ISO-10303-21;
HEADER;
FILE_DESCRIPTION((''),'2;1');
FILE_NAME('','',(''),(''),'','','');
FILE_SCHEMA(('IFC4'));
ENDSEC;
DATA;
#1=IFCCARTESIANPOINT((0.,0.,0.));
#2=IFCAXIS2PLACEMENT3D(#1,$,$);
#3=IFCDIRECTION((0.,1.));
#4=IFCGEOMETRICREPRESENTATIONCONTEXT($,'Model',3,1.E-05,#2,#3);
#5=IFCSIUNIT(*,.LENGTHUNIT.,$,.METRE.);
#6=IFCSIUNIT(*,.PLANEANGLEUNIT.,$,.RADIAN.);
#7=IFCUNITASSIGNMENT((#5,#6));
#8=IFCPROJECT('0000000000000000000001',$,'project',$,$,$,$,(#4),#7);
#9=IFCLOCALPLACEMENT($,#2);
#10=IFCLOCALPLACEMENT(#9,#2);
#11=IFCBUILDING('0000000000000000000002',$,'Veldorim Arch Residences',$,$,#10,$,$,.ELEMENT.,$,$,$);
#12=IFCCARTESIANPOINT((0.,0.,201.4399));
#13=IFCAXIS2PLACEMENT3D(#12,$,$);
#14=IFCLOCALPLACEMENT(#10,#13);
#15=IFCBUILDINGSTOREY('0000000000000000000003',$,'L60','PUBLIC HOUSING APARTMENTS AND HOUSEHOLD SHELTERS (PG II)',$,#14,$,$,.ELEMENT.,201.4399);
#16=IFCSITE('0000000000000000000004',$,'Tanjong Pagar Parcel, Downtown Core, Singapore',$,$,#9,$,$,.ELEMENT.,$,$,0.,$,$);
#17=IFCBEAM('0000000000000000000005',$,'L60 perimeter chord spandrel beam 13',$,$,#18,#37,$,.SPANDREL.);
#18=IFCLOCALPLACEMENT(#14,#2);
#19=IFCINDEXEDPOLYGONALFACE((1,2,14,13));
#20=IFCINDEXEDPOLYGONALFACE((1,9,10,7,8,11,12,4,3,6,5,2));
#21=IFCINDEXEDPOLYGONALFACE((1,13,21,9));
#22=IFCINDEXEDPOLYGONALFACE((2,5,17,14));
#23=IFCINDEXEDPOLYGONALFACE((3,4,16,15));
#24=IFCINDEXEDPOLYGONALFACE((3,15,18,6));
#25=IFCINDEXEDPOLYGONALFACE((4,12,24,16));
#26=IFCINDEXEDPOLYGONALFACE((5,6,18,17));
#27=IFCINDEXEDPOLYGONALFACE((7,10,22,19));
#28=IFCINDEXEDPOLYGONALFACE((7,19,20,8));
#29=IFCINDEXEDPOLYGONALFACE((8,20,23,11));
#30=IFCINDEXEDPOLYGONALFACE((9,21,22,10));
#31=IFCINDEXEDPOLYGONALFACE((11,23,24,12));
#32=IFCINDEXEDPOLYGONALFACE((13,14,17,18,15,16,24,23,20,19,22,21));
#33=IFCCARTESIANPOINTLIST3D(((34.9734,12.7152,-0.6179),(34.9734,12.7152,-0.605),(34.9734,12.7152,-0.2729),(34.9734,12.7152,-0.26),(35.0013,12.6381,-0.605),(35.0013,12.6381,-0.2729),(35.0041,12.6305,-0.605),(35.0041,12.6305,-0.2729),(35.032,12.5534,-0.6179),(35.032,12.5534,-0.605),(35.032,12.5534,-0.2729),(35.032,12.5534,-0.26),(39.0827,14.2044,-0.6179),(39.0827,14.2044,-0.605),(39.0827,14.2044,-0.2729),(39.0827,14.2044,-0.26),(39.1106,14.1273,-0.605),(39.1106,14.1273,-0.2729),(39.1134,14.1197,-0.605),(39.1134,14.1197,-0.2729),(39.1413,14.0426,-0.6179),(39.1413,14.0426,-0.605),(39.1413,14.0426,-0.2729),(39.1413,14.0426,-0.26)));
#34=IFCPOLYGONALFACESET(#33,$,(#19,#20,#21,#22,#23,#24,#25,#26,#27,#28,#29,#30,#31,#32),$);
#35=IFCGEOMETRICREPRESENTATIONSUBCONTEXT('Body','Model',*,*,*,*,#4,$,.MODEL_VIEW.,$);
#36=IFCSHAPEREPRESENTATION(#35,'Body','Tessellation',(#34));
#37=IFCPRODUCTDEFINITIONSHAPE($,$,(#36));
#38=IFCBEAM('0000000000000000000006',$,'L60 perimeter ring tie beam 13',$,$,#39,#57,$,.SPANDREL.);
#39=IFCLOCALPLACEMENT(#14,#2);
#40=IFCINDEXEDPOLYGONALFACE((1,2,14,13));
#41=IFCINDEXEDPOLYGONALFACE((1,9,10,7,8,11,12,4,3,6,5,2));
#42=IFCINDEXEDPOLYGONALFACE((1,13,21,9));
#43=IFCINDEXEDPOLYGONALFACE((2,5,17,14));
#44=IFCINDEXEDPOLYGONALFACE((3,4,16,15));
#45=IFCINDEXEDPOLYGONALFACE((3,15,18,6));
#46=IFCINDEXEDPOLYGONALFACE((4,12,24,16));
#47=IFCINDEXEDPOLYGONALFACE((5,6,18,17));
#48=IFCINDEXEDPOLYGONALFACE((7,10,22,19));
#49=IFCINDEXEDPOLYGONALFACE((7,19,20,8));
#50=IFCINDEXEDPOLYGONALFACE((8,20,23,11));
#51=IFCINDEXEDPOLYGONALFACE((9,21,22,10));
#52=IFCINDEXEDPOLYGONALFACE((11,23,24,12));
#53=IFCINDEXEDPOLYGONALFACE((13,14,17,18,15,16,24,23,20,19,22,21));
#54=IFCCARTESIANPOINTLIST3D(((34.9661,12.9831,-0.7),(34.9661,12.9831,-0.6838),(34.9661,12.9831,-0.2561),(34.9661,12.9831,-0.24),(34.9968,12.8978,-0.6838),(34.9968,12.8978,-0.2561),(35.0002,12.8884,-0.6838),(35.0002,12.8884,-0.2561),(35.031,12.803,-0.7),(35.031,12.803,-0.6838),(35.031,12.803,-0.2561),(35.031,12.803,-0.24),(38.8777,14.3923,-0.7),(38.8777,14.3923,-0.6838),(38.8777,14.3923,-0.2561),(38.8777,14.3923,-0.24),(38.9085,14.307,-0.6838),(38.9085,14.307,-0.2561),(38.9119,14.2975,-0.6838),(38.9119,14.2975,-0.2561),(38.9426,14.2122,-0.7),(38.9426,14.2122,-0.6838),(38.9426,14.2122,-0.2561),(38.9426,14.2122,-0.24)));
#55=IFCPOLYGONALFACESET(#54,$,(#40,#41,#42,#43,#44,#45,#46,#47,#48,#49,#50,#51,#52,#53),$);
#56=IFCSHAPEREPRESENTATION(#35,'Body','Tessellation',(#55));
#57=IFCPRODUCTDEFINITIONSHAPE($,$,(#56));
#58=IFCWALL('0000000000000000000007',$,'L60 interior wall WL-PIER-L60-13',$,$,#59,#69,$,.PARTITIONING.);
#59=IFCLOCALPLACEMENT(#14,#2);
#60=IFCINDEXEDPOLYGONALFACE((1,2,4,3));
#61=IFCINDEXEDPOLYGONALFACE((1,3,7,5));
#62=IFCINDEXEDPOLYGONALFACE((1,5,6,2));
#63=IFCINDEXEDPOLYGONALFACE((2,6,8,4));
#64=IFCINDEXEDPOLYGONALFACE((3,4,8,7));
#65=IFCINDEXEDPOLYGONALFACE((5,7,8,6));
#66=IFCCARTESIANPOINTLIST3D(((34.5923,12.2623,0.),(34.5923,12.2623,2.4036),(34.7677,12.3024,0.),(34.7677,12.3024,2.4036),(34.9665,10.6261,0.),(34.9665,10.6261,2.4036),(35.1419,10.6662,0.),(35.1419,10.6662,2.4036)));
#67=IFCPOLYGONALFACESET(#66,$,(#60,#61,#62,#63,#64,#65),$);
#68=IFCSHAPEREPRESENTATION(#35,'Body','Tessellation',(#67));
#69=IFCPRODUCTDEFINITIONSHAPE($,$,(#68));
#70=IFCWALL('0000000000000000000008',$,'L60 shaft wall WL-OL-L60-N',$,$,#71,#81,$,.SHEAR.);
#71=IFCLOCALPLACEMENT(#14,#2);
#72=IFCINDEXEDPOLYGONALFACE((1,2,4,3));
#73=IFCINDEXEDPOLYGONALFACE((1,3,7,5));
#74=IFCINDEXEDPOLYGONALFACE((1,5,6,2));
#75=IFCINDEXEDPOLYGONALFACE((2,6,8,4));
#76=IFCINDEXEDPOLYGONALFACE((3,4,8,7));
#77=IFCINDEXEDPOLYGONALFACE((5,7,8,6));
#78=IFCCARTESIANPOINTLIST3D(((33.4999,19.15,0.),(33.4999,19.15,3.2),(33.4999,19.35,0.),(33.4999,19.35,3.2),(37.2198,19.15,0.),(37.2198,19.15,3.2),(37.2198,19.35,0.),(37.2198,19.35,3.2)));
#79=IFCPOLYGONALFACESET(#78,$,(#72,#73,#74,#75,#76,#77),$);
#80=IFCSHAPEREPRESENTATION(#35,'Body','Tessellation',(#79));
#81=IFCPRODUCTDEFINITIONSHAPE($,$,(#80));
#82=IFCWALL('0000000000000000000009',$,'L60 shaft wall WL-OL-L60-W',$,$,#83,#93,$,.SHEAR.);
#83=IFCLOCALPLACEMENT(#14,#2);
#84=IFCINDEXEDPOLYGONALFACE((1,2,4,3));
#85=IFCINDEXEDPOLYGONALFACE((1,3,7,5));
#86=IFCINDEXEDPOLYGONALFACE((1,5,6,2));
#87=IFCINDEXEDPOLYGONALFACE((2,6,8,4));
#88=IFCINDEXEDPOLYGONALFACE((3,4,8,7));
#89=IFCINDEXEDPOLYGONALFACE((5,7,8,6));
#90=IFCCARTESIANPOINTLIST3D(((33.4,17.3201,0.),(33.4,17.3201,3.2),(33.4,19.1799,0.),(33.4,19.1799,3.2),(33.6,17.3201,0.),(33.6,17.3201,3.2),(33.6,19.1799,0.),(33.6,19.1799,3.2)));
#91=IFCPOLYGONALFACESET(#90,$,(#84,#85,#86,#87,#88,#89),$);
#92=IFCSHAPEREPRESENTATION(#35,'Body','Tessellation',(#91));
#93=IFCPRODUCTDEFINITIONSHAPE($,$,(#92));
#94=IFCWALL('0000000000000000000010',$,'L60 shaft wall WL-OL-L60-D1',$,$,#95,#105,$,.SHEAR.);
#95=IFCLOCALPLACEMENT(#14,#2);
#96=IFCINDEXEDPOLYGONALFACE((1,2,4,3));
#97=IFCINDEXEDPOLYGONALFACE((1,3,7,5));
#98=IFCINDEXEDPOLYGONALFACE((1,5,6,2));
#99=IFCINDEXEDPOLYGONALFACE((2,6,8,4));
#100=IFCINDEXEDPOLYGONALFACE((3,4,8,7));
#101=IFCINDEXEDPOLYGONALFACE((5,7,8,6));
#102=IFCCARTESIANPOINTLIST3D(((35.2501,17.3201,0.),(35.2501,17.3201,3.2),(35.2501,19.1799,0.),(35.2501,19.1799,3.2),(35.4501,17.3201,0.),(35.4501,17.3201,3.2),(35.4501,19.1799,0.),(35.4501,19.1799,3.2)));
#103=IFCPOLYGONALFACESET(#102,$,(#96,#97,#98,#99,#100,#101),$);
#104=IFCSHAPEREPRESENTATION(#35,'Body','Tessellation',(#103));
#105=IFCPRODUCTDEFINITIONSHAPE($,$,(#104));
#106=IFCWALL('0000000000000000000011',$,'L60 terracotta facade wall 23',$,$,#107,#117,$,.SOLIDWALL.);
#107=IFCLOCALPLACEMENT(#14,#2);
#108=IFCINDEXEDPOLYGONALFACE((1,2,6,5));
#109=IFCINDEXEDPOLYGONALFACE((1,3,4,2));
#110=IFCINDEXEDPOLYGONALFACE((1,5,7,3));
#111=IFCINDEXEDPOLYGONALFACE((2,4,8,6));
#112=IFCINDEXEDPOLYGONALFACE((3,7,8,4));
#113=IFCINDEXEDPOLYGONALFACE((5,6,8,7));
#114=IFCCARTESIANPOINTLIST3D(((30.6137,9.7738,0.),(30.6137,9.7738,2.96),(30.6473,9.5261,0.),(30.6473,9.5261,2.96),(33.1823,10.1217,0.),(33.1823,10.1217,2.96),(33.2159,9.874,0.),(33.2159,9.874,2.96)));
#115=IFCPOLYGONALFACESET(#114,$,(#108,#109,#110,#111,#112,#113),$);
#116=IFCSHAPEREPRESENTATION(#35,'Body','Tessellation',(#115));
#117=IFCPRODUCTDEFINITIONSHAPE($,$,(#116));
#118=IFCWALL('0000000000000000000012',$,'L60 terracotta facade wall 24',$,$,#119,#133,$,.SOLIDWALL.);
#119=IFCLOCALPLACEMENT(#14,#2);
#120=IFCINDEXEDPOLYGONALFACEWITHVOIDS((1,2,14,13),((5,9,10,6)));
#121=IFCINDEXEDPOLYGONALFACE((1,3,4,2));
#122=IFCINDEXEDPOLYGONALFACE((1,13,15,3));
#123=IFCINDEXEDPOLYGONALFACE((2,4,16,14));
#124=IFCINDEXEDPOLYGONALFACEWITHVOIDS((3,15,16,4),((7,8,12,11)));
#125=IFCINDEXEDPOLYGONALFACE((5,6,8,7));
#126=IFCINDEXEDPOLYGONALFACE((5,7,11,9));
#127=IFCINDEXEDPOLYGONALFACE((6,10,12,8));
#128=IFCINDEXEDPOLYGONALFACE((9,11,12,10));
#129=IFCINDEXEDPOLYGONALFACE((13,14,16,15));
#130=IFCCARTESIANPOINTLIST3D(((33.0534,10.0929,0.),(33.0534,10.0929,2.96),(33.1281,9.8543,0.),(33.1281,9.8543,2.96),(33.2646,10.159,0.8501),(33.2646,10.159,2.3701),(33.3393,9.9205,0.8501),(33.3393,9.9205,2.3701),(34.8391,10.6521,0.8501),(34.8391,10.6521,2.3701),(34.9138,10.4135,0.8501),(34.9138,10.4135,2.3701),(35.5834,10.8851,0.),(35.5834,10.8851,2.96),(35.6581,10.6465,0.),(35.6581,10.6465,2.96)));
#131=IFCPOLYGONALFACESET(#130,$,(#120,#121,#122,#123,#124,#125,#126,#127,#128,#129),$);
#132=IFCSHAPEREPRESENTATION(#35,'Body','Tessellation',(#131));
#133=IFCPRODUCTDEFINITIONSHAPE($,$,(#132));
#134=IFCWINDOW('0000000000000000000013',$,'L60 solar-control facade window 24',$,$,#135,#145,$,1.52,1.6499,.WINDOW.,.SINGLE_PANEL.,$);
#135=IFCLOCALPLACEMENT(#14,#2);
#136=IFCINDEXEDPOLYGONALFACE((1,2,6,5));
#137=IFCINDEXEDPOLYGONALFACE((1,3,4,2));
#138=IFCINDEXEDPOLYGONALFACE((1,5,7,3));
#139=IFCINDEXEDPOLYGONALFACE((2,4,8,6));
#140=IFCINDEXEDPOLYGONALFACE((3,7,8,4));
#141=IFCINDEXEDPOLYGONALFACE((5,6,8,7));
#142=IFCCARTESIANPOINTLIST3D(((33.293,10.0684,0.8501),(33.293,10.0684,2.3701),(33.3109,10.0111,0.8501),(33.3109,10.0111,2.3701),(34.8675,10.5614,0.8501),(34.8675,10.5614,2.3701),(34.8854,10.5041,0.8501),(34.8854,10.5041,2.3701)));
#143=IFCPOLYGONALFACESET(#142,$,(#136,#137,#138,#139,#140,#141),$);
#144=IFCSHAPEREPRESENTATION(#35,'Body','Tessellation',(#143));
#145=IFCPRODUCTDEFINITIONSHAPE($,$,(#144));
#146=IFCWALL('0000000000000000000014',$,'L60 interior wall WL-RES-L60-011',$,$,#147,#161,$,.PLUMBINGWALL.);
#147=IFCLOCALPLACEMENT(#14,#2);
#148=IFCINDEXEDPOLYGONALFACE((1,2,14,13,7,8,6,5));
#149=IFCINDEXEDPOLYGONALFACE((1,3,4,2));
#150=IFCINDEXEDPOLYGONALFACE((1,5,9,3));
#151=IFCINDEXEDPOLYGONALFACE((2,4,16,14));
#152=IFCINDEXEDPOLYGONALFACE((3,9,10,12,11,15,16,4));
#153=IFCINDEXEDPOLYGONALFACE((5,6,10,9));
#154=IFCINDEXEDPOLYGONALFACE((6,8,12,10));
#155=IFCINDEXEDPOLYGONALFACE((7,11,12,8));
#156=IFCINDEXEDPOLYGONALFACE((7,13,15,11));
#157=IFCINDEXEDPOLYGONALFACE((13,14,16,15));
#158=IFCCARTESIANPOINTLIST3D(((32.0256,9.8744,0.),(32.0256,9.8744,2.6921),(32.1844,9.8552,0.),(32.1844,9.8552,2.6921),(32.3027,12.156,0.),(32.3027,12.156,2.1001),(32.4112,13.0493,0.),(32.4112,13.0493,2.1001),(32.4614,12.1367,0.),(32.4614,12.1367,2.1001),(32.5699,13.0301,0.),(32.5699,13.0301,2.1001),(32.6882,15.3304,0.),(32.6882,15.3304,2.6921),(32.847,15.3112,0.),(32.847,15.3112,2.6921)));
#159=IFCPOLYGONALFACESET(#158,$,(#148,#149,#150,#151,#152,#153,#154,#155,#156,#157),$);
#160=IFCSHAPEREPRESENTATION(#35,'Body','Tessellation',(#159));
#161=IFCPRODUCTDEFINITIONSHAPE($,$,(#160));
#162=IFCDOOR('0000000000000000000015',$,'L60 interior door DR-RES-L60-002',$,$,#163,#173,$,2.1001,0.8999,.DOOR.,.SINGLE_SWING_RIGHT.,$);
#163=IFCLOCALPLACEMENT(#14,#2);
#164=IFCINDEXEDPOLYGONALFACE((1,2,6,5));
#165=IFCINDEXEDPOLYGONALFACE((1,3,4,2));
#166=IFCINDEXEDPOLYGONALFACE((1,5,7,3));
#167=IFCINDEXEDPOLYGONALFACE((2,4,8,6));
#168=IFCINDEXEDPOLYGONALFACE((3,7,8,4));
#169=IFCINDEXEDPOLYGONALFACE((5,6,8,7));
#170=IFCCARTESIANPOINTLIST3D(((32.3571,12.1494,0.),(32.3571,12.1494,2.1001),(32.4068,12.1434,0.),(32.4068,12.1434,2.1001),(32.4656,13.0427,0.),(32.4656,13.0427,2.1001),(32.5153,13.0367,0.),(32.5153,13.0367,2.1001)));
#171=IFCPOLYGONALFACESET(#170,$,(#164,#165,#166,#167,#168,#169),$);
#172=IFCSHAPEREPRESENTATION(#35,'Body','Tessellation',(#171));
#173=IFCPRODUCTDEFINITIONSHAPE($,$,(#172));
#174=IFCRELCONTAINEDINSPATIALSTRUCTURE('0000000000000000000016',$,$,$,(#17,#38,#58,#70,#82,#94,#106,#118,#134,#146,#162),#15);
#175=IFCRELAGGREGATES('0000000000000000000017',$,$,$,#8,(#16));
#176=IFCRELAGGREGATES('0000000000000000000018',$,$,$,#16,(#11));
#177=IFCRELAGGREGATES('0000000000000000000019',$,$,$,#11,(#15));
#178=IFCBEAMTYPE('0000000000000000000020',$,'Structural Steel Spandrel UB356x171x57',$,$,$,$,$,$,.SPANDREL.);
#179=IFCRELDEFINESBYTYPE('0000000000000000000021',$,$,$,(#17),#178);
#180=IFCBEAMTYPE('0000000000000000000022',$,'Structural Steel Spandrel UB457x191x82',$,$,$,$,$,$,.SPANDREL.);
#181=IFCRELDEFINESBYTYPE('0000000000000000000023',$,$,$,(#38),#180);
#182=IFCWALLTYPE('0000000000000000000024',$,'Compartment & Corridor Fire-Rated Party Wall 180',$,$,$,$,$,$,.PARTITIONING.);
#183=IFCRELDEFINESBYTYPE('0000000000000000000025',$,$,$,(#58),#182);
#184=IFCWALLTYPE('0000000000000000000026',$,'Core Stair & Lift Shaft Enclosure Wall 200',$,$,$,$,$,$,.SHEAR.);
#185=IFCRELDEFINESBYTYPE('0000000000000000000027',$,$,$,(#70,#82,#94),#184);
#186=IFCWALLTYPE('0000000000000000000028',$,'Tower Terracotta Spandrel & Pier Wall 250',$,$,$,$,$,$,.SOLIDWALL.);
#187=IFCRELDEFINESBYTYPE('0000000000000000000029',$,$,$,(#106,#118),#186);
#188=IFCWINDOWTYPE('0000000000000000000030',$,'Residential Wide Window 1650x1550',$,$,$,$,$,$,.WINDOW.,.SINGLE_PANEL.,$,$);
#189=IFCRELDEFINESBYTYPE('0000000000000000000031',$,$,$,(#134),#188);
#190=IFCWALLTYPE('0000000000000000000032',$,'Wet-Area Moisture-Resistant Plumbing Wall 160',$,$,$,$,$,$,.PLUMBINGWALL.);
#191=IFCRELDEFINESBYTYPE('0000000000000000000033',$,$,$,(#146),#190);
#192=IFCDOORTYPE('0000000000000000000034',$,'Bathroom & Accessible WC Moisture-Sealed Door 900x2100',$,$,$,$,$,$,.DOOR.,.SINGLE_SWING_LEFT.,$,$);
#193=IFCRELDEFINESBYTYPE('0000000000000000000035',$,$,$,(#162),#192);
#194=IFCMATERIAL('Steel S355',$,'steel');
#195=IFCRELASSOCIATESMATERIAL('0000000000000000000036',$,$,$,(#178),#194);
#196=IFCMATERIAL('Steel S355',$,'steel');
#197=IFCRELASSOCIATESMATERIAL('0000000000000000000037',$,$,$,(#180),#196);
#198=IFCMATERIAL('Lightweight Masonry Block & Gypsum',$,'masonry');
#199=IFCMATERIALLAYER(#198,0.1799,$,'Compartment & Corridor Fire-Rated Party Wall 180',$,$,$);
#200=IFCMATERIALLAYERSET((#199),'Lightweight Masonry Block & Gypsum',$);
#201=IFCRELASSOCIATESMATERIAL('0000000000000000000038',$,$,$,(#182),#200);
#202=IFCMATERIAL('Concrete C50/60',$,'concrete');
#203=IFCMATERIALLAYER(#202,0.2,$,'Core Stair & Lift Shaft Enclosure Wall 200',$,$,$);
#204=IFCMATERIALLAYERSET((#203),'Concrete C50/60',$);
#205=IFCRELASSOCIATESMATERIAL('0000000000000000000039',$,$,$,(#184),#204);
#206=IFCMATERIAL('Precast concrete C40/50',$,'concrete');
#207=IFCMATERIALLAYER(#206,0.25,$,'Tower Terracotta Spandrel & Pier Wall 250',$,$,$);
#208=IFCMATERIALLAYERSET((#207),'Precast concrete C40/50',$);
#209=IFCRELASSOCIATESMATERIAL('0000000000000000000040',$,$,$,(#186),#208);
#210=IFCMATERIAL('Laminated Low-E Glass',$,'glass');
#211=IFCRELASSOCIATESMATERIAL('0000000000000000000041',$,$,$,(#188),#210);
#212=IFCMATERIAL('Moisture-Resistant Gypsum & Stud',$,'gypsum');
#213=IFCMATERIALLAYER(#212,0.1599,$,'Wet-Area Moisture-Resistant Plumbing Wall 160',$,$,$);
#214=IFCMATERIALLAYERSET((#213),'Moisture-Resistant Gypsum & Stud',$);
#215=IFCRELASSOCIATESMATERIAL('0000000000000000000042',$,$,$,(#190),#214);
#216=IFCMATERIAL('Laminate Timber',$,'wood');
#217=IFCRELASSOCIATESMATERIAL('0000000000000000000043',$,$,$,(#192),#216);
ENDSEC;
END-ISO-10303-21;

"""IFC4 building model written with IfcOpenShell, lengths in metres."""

from ifc_helpers import new_model, si_unit, direction, frame, frame_2d, origin, origin_2d, place, context, subcontext, project, spatial, rectangle, i_section, extrude, material, layer, layer_set, material_profile, profile_set, type_object, element, fill, save


model = new_model("IFC4")

# Units and contexts
model_context = context("Model", 3, precision=1e-05, world=origin(), true_north=direction((0.0, 1.0)))
body_context = subcontext(model_context, "Body", "Model", "MODEL_VIEW")
ifc_project = project(units=[si_unit("LENGTHUNIT", "METRE"), si_unit("PLANEANGLEUNIT", "RADIAN")], contexts=[model_context])

# Site, building, storey
site_placement = place(None, origin())
site = spatial("IfcSite", under=ifc_project, at=site_placement, Name="Tanjong Pagar Parcel, Downtown Core, Singapore", CompositionType="ELEMENT", RefElevation=0.0)
building_placement = place(site_placement, origin())
building = spatial("IfcBuilding", under=site, at=building_placement, Name="Veldorim Arch Residences", CompositionType="ELEMENT")
storey_placement = place(building_placement, frame((0.0, 0.0, 201.4399)))
storey = spatial("IfcBuildingStorey", under=building, at=storey_placement, Name="L60", Description="PUBLIC HOUSING APARTMENTS AND HOUSEHOLD SHELTERS (PG II)", CompositionType="ELEMENT", Elevation=201.4399)

# Beams
ifc_material_1 = material(Name="Steel S355", Category="steel")
ifc_material_profile_1 = material_profile(ifc_material_1, i_section(OverallWidth=0.1721, OverallDepth=0.3579, WebThickness=0.0081, FlangeThickness=0.0129, at=origin_2d()), Name="UB356x171x57")
ifc_profile_set_1 = profile_set([ifc_material_profile_1], Name="Steel S355")
beam_type_1 = type_object("IfcBeamType", Name="Structural Steel Spandrel UB356x171x57", PredefinedType="SPANDREL", material=ifc_profile_set_1)
beam_1_placement = place(storey_placement, frame((35.0027, 12.6343, -0.439), z_axis=(0.940165, 0.34072, 0.0), x_axis=(-0.34072, 0.940165, 0.0)))
element("IfcBeam", 1, at=beam_1_placement, inside=storey, type_object=beam_type_1, Name="L60 perimeter chord spandrel beam 13", PredefinedType="SPANDREL", context=body_context, shape_type="SweptSolid", body=[
    extrude(i_section(OverallWidth=0.1721, OverallDepth=0.3579, WebThickness=0.0081, FlangeThickness=0.0129, at=origin_2d()), origin(), (0.0, 0.0, 1.0), 4.3708),
])
ifc_material_2 = material(Name="Steel S355", Category="steel")
ifc_material_profile_2 = material_profile(ifc_material_2, i_section(OverallWidth=0.1914, OverallDepth=0.46, WebThickness=0.01, FlangeThickness=0.0161, at=origin_2d()), Name="UB457x191x82")
ifc_profile_set_2 = profile_set([ifc_material_profile_2], Name="Steel S355")
beam_type_2 = type_object("IfcBeamType", Name="Structural Steel Spandrel UB457x191x82", PredefinedType="SPANDREL", material=ifc_profile_set_2)
beam_2_placement = place(storey_placement, frame((34.9985, 12.8931, -0.47), z_axis=(0.940811, 0.338932, 0.0), x_axis=(-0.338932, 0.940811, 0.0)))
element("IfcBeam", 2, at=beam_2_placement, inside=storey, type_object=beam_type_2, Name="L60 perimeter ring tie beam 13", PredefinedType="SPANDREL", context=body_context, shape_type="SweptSolid", body=[
    extrude(i_section(OverallWidth=0.1914, OverallDepth=0.46, WebThickness=0.01, FlangeThickness=0.0161, at=origin_2d()), origin(), (0.0, 0.0, 1.0), 4.1577),
])

# Walls
ifc_material_3 = material(Name="Lightweight Masonry Block & Gypsum", Category="masonry")
ifc_layer_1 = layer(ifc_material_3, 0.1799, Name="Compartment & Corridor Fire-Rated Party Wall 180")
ifc_layer_set_1 = layer_set([ifc_layer_1], Name="Lightweight Masonry Block & Gypsum")
wall_type_1 = type_object("IfcWallType", Name="Compartment & Corridor Fire-Rated Party Wall 180", PredefinedType="PARTITIONING", material=ifc_layer_set_1)
wall_1_placement = place(storey_placement, frame((34.6799, 12.2825, 0.0), z_axis=(0.0, 0.0, 1.0), x_axis=(0.222979, -0.974823, 0.0)))
element("IfcWall", 3, at=wall_1_placement, inside=storey, type_object=wall_type_1, Name="L60 interior wall WL-PIER-L60-13", PredefinedType="PARTITIONING", context=body_context, shape_type="SweptSolid", body=[
    extrude(rectangle(XDim=1.6785, YDim=0.1799, at=frame_2d((0.8394, 0.0))), origin(), (0.0, 0.0, 1.0), 2.4036),
])
ifc_material_4 = material(Name="Concrete C50/60", Category="concrete")
ifc_layer_2 = layer(ifc_material_4, 0.2, Name="Core Stair & Lift Shaft Enclosure Wall 200")
ifc_layer_set_2 = layer_set([ifc_layer_2], Name="Concrete C50/60")
wall_type_2 = type_object("IfcWallType", Name="Core Stair & Lift Shaft Enclosure Wall 200", PredefinedType="SHEAR", material=ifc_layer_set_2)
wall_2_placement = place(storey_placement, frame((33.5, 19.25, 0.0), z_axis=(0.0, 0.0, 1.0), x_axis=(1.0, 0.0, 0.0)))
element("IfcWall", 4, at=wall_2_placement, inside=storey, type_object=wall_type_2, Name="L60 shaft wall WL-OL-L60-N", PredefinedType="SHEAR", context=body_context, shape_type="SweptSolid", body=[
    extrude(rectangle(XDim=3.72, YDim=0.2, at=frame_2d((1.8599, 0.0))), origin(), (0.0, 0.0, 1.0), 3.2),
])
for number, where, z_axis, x_axis, name in (
    (5, (33.5, 17.3201, 0.0), (0.0, 0.0, 1.0), (0.0, 1.0, 0.0), "L60 shaft wall WL-OL-L60-W"),
    (6, (35.3501, 17.3201, 0.0), (0.0, 0.0, 1.0), (0.0, 1.0, 0.0), "L60 shaft wall WL-OL-L60-D1"),
):
    element("IfcWall", number, at=place(storey_placement, frame(where, z_axis=z_axis, x_axis=x_axis)), inside=storey, type_object=wall_type_2, Name=name, PredefinedType="SHEAR", context=body_context, shape_type="SweptSolid", body=[
        extrude(rectangle(XDim=1.8599, YDim=0.2, at=frame_2d((0.9299, 0.0))), origin(), (0.0, 0.0, 1.0), 3.2),
    ])
ifc_material_5 = material(Name="Precast concrete C40/50", Category="concrete")
ifc_layer_3 = layer(ifc_material_5, 0.25, Name="Tower Terracotta Spandrel & Pier Wall 250")
ifc_layer_set_3 = layer_set([ifc_layer_3], Name="Precast concrete C40/50")
wall_type_3 = type_object("IfcWallType", Name="Tower Terracotta Spandrel & Pier Wall 250", PredefinedType="SOLIDWALL", material=ifc_layer_set_3)
wall_3_placement = place(storey_placement, frame((33.199, 9.9978, 0.0), z_axis=(0.0, 0.0, 1.0), x_axis=(-0.990952, -0.134218, 0.0)))
element("IfcWall", 7, at=wall_3_placement, inside=storey, type_object=wall_type_3, Name="L60 terracotta facade wall 23", PredefinedType="SOLIDWALL", context=body_context, shape_type="SweptSolid", body=[
    extrude(rectangle(XDim=2.592, YDim=0.25, at=frame_2d((1.2959, 0.0))), origin(), (0.0, 0.0, 1.0), 2.96),
])

# Wall, opening, window
wall_4_placement = place(storey_placement, frame((35.6208, 10.7659, 0.0), z_axis=(0.0, 0.0, 1.0), x_axis=(-0.954308, -0.298826, 0.0)))
wall_4 = element("IfcWall", 8, at=wall_4_placement, inside=storey, type_object=wall_type_3, Name="L60 terracotta facade wall 24", PredefinedType="SOLIDWALL", context=body_context, shape_type="SweptSolid", body=[
    extrude(rectangle(XDim=2.6511, YDim=0.25, at=frame_2d((1.3257, 0.0))), origin(), (0.0, 0.0, 1.0), 2.96),
])
opening_1_placement = place(wall_4_placement, frame((0.78, 0.0, 0.8501)))
opening_1 = element("IfcOpeningElement", 9, at=opening_1_placement, cuts=wall_4, PredefinedType="OPENING", context=body_context, shape_type="SweptSolid", body=[
    extrude(rectangle(XDim=1.6499, YDim=1.52, at=frame_2d((0.825, 0.76))), frame((0.0, 0.135, 0.0), z_axis=(0.0, -1.0, 0.0), x_axis=(1.0, 0.0, 0.0)), (0.0, 0.0, 1.0), 0.27),
])
ifc_material_6 = material(Name="Laminated Low-E Glass", Category="glass")
window_type = type_object("IfcWindowType", Name="Residential Wide Window 1650x1550", PartitioningType="SINGLE_PANEL", PredefinedType="WINDOW", material=ifc_material_6)
window_placement = place(opening_1_placement, origin())
window = element("IfcWindow", 10, at=window_placement, inside=storey, type_object=window_type, Name="L60 solar-control facade window 24", OverallHeight=1.52, OverallWidth=1.6499, PartitioningType="SINGLE_PANEL", PredefinedType="WINDOW", context=body_context, shape_type="SweptSolid", body=[
    extrude(rectangle(XDim=1.6499, YDim=1.52, at=frame_2d((0.825, 0.76))), frame((0.0, 0.03, 0.0), z_axis=(0.0, -1.0, 0.0), x_axis=(1.0, 0.0, 0.0)), (0.0, 0.0, 1.0), 0.0601),
])
fill(opening_1, window)

# Wall, opening, door
ifc_material_7 = material(Name="Moisture-Resistant Gypsum & Stud", Category="gypsum")
ifc_layer_4 = layer(ifc_material_7, 0.1599, Name="Wet-Area Moisture-Resistant Plumbing Wall 160")
ifc_layer_set_4 = layer_set([ifc_layer_4], Name="Moisture-Resistant Gypsum & Stud")
wall_type_4 = type_object("IfcWallType", Name="Wet-Area Moisture-Resistant Plumbing Wall 160", PredefinedType="PLUMBINGWALL", material=ifc_layer_set_4)
wall_5_placement = place(storey_placement, frame((32.7676, 15.3208, 0.0), z_axis=(0.0, 0.0, 1.0), x_axis=(-0.120557, -0.992706, 0.0)))
wall_5 = element("IfcWall", 11, at=wall_5_placement, inside=storey, type_object=wall_type_4, Name="L60 interior wall WL-RES-L60-011", PredefinedType="PLUMBINGWALL", context=body_context, shape_type="SweptSolid", body=[
    extrude(rectangle(XDim=5.4961, YDim=0.1599, at=frame_2d((2.748, 0.0))), origin(), (0.0, 0.0, 1.0), 2.6921),
])
opening_2_placement = place(wall_5_placement, frame((2.2979, 0.0, 0.0)))
opening_2 = element("IfcOpeningElement", 12, at=opening_2_placement, cuts=wall_5, PredefinedType="OPENING", context=body_context, shape_type="SweptSolid", body=[
    extrude(rectangle(XDim=0.8999, YDim=2.1001, at=frame_2d((0.45, 1.05))), frame((0.0, 0.0898, 0.0), z_axis=(0.0, -1.0, 0.0), x_axis=(1.0, 0.0, 0.0)), (0.0, 0.0, 1.0), 0.1799),
])
ifc_material_8 = material(Name="Laminate Timber", Category="wood")
door_type = type_object("IfcDoorType", Name="Bathroom & Accessible WC Moisture-Sealed Door 900x2100", OperationType="SINGLE_SWING_LEFT", PredefinedType="DOOR", material=ifc_material_8)
door_placement = place(opening_2_placement, origin())
door = element("IfcDoor", 13, at=door_placement, inside=storey, type_object=door_type, Name="L60 interior door DR-RES-L60-002", OperationType="SINGLE_SWING_RIGHT", OverallHeight=2.1001, OverallWidth=0.8999, PredefinedType="DOOR", context=body_context, shape_type="SweptSolid", body=[
    extrude(rectangle(XDim=0.8999, YDim=2.1001, at=frame_2d((0.45, 1.05))), frame((0.0, 0.0249, 0.0), z_axis=(0.0, -1.0, 0.0), x_axis=(1.0, 0.0, 0.0)), (0.0, 0.0, 1.0), 0.05),
])
fill(opening_2, door)

save(model, "model.ifc")
